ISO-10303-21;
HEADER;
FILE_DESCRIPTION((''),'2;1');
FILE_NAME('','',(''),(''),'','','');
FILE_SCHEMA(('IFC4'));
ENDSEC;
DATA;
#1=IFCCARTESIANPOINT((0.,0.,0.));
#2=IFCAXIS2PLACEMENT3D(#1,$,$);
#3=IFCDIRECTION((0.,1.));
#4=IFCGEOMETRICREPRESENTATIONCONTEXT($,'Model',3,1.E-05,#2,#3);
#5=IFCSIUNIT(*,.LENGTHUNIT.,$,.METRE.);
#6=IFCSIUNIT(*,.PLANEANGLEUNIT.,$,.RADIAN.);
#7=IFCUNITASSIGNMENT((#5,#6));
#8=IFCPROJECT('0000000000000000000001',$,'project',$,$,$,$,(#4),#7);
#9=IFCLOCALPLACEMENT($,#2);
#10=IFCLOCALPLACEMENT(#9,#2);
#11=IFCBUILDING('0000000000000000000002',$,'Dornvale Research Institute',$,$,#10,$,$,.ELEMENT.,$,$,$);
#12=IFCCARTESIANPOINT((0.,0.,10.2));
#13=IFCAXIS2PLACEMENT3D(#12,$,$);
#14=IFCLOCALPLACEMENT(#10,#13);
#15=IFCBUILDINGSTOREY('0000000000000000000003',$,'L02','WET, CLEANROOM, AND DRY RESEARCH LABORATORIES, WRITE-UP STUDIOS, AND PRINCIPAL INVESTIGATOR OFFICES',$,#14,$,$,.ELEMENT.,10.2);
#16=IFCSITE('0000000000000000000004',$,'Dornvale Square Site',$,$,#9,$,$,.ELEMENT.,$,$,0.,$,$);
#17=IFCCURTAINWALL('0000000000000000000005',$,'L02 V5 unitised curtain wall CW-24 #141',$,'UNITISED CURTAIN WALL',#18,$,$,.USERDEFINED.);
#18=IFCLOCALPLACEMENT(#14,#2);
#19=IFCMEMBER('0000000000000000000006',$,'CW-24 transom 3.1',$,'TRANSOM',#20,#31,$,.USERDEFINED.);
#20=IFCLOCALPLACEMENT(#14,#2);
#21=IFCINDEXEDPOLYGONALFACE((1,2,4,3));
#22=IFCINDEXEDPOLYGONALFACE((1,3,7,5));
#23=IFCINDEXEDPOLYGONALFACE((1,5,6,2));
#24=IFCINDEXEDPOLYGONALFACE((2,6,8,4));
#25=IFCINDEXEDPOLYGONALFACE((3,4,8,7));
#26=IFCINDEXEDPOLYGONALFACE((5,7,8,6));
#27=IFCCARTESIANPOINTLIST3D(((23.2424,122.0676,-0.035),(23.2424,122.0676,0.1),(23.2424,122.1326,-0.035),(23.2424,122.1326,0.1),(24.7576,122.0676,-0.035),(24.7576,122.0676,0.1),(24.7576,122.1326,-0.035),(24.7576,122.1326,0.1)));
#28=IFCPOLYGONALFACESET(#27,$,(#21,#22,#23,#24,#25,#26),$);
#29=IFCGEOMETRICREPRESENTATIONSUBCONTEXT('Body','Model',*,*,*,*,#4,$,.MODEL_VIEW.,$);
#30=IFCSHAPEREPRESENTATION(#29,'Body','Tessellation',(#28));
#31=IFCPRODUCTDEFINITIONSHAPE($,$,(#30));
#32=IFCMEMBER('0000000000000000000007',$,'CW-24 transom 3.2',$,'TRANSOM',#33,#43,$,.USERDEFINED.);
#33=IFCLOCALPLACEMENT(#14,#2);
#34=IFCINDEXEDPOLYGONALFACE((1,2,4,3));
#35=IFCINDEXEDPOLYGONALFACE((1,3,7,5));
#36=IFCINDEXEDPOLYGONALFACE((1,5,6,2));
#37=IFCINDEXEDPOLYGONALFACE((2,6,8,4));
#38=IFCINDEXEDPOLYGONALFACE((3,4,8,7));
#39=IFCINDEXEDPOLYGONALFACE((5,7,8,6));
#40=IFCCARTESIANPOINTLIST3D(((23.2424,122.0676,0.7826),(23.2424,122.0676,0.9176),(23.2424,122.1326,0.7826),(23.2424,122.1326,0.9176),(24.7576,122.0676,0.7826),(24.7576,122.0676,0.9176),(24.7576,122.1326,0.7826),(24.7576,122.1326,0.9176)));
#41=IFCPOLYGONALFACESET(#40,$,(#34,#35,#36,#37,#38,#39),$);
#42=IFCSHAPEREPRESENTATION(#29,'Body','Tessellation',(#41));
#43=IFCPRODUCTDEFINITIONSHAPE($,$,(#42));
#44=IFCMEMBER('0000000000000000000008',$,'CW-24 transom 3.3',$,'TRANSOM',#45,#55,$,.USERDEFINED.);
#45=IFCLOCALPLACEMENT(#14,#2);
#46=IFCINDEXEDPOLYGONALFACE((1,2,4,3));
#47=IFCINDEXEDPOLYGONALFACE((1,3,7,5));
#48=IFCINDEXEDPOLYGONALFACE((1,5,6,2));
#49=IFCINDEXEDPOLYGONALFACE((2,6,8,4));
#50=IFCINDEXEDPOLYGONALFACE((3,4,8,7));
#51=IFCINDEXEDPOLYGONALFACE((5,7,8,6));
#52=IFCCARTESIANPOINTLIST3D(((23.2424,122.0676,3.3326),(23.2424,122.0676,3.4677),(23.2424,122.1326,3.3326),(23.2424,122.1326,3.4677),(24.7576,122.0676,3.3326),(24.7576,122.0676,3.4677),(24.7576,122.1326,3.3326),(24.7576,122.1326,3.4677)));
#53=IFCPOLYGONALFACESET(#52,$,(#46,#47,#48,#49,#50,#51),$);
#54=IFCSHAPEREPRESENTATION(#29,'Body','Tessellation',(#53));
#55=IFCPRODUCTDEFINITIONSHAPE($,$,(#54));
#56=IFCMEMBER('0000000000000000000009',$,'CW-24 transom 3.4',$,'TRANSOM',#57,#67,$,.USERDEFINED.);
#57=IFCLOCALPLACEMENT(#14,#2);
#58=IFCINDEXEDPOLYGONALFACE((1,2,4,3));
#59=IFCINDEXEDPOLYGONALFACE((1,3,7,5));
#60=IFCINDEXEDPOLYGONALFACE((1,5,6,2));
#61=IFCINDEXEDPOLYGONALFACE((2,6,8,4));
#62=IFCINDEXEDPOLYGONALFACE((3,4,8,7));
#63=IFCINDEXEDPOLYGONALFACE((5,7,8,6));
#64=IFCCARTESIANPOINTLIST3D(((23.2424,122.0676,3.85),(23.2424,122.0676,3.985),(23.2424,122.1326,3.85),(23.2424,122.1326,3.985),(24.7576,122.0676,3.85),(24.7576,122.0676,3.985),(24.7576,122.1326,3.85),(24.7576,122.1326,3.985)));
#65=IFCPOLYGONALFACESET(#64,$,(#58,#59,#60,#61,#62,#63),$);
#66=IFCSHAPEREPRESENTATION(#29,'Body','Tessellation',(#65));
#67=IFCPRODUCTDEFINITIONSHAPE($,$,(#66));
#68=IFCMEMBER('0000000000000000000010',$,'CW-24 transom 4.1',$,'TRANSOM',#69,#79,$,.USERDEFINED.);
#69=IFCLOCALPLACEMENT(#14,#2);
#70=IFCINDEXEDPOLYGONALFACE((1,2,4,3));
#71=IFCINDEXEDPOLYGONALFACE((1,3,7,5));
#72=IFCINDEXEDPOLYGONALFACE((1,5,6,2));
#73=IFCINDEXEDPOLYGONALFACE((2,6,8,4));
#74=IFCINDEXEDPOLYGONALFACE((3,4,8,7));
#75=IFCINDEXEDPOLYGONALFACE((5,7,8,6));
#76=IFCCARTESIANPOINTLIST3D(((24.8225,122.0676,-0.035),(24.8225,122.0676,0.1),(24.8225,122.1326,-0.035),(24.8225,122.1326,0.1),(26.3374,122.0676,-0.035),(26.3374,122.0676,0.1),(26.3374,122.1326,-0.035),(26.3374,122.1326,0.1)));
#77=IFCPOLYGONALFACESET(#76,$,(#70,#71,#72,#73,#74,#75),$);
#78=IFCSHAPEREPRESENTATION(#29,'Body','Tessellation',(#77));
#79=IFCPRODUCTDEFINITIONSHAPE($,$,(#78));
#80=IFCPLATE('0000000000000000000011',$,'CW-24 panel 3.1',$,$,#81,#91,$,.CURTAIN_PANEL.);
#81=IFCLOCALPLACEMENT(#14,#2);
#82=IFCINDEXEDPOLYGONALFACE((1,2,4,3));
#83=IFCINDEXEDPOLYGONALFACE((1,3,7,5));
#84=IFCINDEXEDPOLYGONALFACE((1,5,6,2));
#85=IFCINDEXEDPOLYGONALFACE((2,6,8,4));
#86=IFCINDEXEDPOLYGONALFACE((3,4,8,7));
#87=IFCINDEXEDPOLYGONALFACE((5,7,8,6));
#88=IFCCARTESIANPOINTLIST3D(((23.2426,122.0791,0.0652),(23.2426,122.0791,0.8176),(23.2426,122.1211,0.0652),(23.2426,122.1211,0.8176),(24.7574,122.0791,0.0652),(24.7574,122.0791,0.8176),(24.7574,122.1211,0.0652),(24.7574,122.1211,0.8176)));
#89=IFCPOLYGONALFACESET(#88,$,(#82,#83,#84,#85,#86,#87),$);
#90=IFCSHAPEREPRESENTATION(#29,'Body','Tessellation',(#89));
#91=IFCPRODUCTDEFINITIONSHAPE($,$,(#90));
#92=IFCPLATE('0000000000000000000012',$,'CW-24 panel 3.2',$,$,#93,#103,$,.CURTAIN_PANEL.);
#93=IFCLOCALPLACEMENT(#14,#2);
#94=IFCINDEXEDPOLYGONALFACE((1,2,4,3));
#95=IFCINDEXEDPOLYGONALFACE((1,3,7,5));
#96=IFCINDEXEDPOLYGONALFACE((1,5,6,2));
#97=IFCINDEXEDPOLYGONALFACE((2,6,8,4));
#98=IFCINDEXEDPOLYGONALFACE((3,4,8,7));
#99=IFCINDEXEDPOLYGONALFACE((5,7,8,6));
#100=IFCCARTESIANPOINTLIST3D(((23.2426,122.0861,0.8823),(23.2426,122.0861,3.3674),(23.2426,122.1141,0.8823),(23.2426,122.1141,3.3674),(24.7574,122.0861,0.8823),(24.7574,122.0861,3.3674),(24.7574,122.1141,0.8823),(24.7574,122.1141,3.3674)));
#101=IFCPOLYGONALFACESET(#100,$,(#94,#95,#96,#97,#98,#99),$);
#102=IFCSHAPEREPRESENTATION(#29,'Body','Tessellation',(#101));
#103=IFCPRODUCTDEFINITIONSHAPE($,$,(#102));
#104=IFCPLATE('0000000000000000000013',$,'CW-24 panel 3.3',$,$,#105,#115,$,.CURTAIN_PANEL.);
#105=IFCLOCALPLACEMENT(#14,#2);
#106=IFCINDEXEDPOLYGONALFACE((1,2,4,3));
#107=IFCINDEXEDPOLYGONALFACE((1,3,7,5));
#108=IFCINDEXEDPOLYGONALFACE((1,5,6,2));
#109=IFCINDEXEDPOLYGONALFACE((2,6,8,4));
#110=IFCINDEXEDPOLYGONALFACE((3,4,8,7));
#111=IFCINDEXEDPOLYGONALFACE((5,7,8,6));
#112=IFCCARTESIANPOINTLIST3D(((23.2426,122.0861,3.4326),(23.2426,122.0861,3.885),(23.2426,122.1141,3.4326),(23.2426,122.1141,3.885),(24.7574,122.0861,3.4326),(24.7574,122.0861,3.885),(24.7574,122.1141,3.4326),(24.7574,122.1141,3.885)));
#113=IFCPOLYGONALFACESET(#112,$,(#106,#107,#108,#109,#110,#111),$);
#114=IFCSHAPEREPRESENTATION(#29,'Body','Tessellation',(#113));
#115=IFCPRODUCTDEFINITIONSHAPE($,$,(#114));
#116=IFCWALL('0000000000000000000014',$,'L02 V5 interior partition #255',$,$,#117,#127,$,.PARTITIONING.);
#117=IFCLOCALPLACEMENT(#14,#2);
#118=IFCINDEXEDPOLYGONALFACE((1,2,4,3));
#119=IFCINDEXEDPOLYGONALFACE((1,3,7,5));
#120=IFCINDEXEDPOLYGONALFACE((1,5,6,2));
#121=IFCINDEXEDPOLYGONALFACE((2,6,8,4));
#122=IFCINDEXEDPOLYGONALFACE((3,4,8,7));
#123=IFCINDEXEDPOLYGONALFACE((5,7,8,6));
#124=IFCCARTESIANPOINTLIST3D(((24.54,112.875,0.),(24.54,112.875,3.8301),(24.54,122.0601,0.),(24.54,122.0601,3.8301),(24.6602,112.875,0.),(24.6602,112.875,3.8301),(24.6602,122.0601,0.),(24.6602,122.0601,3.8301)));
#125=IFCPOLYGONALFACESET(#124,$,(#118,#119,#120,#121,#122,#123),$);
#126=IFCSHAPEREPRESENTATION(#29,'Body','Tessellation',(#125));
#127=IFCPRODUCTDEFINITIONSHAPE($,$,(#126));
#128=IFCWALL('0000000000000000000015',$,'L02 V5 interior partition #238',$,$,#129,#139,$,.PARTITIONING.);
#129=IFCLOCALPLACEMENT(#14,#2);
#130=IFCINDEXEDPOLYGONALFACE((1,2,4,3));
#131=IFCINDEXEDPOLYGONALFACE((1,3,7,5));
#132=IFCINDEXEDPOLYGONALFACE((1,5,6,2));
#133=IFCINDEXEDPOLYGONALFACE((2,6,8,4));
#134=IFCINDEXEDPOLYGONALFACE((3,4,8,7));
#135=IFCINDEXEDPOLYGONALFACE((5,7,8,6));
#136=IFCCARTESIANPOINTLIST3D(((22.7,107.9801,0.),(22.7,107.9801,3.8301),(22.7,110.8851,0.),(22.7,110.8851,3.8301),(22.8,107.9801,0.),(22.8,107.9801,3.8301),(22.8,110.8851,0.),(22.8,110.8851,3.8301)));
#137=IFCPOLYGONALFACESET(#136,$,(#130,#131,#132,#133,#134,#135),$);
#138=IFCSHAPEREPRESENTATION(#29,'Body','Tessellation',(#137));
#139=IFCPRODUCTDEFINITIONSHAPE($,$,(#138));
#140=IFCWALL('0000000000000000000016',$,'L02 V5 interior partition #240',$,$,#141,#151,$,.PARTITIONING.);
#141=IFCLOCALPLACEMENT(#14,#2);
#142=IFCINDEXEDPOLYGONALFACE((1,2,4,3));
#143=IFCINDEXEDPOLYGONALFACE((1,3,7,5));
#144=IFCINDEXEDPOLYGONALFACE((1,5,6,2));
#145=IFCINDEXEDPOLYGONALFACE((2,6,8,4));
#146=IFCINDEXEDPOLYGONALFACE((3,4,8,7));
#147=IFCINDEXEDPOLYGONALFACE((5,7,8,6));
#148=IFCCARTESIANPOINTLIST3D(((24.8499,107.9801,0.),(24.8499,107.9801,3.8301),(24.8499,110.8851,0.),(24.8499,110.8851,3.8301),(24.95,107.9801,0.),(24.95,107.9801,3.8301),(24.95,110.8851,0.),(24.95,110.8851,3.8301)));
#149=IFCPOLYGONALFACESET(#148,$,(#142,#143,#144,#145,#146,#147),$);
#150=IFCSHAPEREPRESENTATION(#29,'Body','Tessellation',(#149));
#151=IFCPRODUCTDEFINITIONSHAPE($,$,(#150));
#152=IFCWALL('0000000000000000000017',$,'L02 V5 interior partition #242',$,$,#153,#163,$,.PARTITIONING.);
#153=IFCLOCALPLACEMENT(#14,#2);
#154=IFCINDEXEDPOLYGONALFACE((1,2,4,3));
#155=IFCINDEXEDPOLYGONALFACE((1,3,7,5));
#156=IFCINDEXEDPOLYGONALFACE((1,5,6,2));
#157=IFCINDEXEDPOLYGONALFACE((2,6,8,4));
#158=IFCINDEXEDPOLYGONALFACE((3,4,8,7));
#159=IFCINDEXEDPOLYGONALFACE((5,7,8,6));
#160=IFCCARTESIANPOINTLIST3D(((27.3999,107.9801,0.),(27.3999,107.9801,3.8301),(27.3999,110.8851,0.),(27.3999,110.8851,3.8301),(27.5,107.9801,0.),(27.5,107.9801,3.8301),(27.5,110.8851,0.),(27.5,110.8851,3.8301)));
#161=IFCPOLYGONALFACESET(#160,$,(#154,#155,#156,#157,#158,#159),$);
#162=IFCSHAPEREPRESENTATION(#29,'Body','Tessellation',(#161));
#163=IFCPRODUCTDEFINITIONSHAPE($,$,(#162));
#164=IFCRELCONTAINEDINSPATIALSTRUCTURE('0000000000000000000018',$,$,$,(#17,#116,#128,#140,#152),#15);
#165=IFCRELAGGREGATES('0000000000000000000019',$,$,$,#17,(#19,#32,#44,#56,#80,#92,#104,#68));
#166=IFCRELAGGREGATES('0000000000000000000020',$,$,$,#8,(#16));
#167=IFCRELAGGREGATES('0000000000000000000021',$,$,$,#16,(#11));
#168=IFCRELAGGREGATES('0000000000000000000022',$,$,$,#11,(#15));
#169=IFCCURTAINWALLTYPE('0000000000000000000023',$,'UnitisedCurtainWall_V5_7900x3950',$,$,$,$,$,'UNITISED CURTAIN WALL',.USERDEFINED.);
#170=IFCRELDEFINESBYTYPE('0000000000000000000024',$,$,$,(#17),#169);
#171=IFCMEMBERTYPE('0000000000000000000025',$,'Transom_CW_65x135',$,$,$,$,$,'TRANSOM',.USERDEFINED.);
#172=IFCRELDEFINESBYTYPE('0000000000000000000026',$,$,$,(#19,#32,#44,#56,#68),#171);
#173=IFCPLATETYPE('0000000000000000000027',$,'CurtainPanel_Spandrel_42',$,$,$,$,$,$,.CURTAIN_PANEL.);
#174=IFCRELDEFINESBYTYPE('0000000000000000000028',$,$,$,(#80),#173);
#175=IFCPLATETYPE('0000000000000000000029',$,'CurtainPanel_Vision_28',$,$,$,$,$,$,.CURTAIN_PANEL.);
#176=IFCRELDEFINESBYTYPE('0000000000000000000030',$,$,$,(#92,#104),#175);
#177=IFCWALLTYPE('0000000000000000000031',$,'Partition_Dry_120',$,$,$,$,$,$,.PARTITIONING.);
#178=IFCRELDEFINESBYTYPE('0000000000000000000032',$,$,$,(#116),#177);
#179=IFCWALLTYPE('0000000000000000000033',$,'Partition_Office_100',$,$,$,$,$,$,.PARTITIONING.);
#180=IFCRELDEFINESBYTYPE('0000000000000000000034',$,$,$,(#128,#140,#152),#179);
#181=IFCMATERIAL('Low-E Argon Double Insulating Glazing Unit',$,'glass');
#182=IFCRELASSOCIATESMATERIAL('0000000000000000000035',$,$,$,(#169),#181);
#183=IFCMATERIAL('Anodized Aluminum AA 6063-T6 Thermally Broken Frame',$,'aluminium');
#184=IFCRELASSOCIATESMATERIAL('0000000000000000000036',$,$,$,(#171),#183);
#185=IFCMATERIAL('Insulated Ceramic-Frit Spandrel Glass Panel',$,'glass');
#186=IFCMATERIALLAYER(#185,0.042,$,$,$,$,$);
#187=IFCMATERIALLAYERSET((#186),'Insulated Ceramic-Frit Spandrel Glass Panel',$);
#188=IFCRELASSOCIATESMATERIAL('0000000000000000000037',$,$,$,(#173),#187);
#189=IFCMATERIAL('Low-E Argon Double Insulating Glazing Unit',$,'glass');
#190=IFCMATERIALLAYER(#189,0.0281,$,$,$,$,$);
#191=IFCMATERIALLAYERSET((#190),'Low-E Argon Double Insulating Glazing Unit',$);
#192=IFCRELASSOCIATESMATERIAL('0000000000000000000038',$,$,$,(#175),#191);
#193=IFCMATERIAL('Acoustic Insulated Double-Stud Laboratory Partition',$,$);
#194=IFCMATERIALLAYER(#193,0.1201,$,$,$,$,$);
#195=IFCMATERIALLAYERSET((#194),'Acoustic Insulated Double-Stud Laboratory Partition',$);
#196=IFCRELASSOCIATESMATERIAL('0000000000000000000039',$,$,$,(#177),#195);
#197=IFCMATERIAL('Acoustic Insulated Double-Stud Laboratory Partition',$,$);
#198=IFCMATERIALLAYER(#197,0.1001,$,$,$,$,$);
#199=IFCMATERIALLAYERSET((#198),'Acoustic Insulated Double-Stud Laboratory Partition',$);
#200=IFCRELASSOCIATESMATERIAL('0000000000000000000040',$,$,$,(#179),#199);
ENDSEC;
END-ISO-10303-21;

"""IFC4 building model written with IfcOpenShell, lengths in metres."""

from ifc_helpers import new_model, si_unit, direction, frame, frame_2d, origin, origin_2d, place, context, subcontext, project, spatial, rectangle, extrude, material, layer, layer_set, material_profile, profile_set, type_object, element, aggregate, save


model = new_model("IFC4")

# Units and contexts
model_context = context("Model", 3, precision=1e-05, world=origin(), true_north=direction((0.0, 1.0)))
body_context = subcontext(model_context, "Body", "Model", "MODEL_VIEW")
ifc_project = project(units=[si_unit("LENGTHUNIT", "METRE"), si_unit("PLANEANGLEUNIT", "RADIAN")], contexts=[model_context])

# Site, building, storey
site_placement = place(None, origin())
site = spatial("IfcSite", under=ifc_project, at=site_placement, Name="Dornvale Square Site", CompositionType="ELEMENT", RefElevation=0.0)
building_placement = place(site_placement, origin())
building = spatial("IfcBuilding", under=site, at=building_placement, Name="Dornvale Research Institute", CompositionType="ELEMENT")
storey_placement = place(building_placement, frame((0.0, 0.0, 10.2)))
storey = spatial("IfcBuildingStorey", under=building, at=storey_placement, Name="L02", Description="WET, CLEANROOM, AND DRY RESEARCH LABORATORIES, WRITE-UP STUDIOS, AND PRINCIPAL INVESTIGATOR OFFICES", CompositionType="ELEMENT", Elevation=10.2)

# Curtain wall, members, plates
ifc_material_1 = material(Name="Low-E Argon Double Insulating Glazing Unit", Category="glass")
curtain_wall_type = type_object("IfcCurtainWallType", Name="UnitisedCurtainWall_V5_7900x3950", ElementType="UNITISED CURTAIN WALL", PredefinedType="USERDEFINED", material=ifc_material_1)
curtain_wall_placement = place(storey_placement, origin())
curtain_wall = element("IfcCurtainWall", 1, at=curtain_wall_placement, inside=storey, type_object=curtain_wall_type, Name="L02 V5 unitised curtain wall CW-24 #141", ObjectType="UNITISED CURTAIN WALL", PredefinedType="USERDEFINED")
ifc_material_2 = material(Name="Anodized Aluminum AA 6063-T6 Thermally Broken Frame", Category="aluminium")
ifc_material_profile_1 = material_profile(ifc_material_2, rectangle(XDim=0.0649, YDim=0.135, at=origin_2d()), Name="ALU TRANSOM 65x135")
ifc_profile_set_1 = profile_set([ifc_material_profile_1], Name="Anodized Aluminum AA 6063-T6 Thermally Broken Frame")
member_type_1 = type_object("IfcMemberType", Name="Transom_CW_65x135", ElementType="TRANSOM", PredefinedType="USERDEFINED", material=ifc_profile_set_1)
member_1_placement = place(storey_placement, frame((23.2424, 122.1001, 0.0325), z_axis=(1.0, 0.0, 0.0), x_axis=(0.0, 1.0, 0.0)))
member_1 = element("IfcMember", 2, at=member_1_placement, type_object=member_type_1, Name="CW-24 transom 3.1", ObjectType="TRANSOM", PredefinedType="USERDEFINED", context=body_context, shape_type="SweptSolid", body=[
    extrude(rectangle(XDim=0.0649, YDim=0.135, at=origin_2d()), origin(), (0.0, 0.0, 1.0), 1.5151),
])
member_2_placement = place(storey_placement, frame((23.2424, 122.1001, 0.8501), z_axis=(1.0, 0.0, 0.0), x_axis=(0.0, 1.0, 0.0)))
member_2 = element("IfcMember", 3, at=member_2_placement, type_object=member_type_1, Name="CW-24 transom 3.2", ObjectType="TRANSOM", PredefinedType="USERDEFINED", context=body_context, shape_type="SweptSolid", body=[
    extrude(rectangle(XDim=0.0649, YDim=0.135, at=origin_2d()), origin(), (0.0, 0.0, 1.0), 1.5151),
])
member_3_placement = place(storey_placement, frame((23.2424, 122.1001, 3.4001), z_axis=(1.0, 0.0, 0.0), x_axis=(0.0, 1.0, 0.0)))
member_3 = element("IfcMember", 4, at=member_3_placement, type_object=member_type_1, Name="CW-24 transom 3.3", ObjectType="TRANSOM", PredefinedType="USERDEFINED", context=body_context, shape_type="SweptSolid", body=[
    extrude(rectangle(XDim=0.0649, YDim=0.135, at=origin_2d()), origin(), (0.0, 0.0, 1.0), 1.5151),
])
member_4_placement = place(storey_placement, frame((23.2424, 122.1001, 3.9175), z_axis=(1.0, 0.0, 0.0), x_axis=(0.0, 1.0, 0.0)))
member_4 = element("IfcMember", 5, at=member_4_placement, type_object=member_type_1, Name="CW-24 transom 3.4", ObjectType="TRANSOM", PredefinedType="USERDEFINED", context=body_context, shape_type="SweptSolid", body=[
    extrude(rectangle(XDim=0.0649, YDim=0.135, at=origin_2d()), origin(), (0.0, 0.0, 1.0), 1.5151),
])
member_5_placement = place(storey_placement, frame((24.8225, 122.1001, 0.0325), z_axis=(1.0, 0.0, 0.0), x_axis=(0.0, 1.0, 0.0)))
member_5 = element("IfcMember", 6, at=member_5_placement, type_object=member_type_1, Name="CW-24 transom 4.1", ObjectType="TRANSOM", PredefinedType="USERDEFINED", context=body_context, shape_type="SweptSolid", body=[
    extrude(rectangle(XDim=0.0649, YDim=0.135, at=origin_2d()), origin(), (0.0, 0.0, 1.0), 1.5149),
])
ifc_material_3 = material(Name="Insulated Ceramic-Frit Spandrel Glass Panel", Category="glass")
ifc_layer_1 = layer(ifc_material_3, 0.042)
ifc_layer_set_1 = layer_set([ifc_layer_1], Name="Insulated Ceramic-Frit Spandrel Glass Panel")
plate_type_1 = type_object("IfcPlateType", Name="CurtainPanel_Spandrel_42", PredefinedType="CURTAIN_PANEL", material=ifc_layer_set_1)
plate_1_placement = place(storey_placement, frame((24.0, 122.1001, 0.0652), z_axis=(0.0, 0.0, 1.0), x_axis=(1.0, 0.0, 0.0)))
plate_1 = element("IfcPlate", 7, at=plate_1_placement, type_object=plate_type_1, Name="CW-24 panel 3.1", PredefinedType="CURTAIN_PANEL", context=body_context, shape_type="SweptSolid", body=[
    extrude(rectangle(XDim=1.5149, YDim=0.042, at=origin_2d()), origin(), (0.0, 0.0, 1.0), 0.7524),
])
ifc_material_4 = material(Name="Low-E Argon Double Insulating Glazing Unit", Category="glass")
ifc_layer_2 = layer(ifc_material_4, 0.0281)
ifc_layer_set_2 = layer_set([ifc_layer_2], Name="Low-E Argon Double Insulating Glazing Unit")
plate_type_2 = type_object("IfcPlateType", Name="CurtainPanel_Vision_28", PredefinedType="CURTAIN_PANEL", material=ifc_layer_set_2)
plate_2_placement = place(storey_placement, frame((24.0, 122.1001, 0.8823), z_axis=(0.0, 0.0, 1.0), x_axis=(1.0, 0.0, 0.0)))
plate_2 = element("IfcPlate", 8, at=plate_2_placement, type_object=plate_type_2, Name="CW-24 panel 3.2", PredefinedType="CURTAIN_PANEL", context=body_context, shape_type="SweptSolid", body=[
    extrude(rectangle(XDim=1.5149, YDim=0.0281, at=origin_2d()), origin(), (0.0, 0.0, 1.0), 2.4851),
])
plate_3_placement = place(storey_placement, frame((24.0, 122.1001, 3.4326), z_axis=(0.0, 0.0, 1.0), x_axis=(1.0, 0.0, 0.0)))
plate_3 = element("IfcPlate", 9, at=plate_3_placement, type_object=plate_type_2, Name="CW-24 panel 3.3", PredefinedType="CURTAIN_PANEL", context=body_context, shape_type="SweptSolid", body=[
    extrude(rectangle(XDim=1.5149, YDim=0.0281, at=origin_2d()), origin(), (0.0, 0.0, 1.0), 0.4524),
])
aggregate(curtain_wall, [member_1, member_2, member_3, member_4, plate_1, plate_2, plate_3, member_5])

# Walls
ifc_material_5 = material(Name="Acoustic Insulated Double-Stud Laboratory Partition")
ifc_layer_3 = layer(ifc_material_5, 0.1201)
ifc_layer_set_3 = layer_set([ifc_layer_3], Name="Acoustic Insulated Double-Stud Laboratory Partition")
wall_type_1 = type_object("IfcWallType", Name="Partition_Dry_120", PredefinedType="PARTITIONING", material=ifc_layer_set_3)
wall_1_placement = place(storey_placement, frame((24.6001, 112.875, 0.0), z_axis=(0.0, 0.0, 1.0), x_axis=(0.0, 1.0, 0.0)))
element("IfcWall", 10, at=wall_1_placement, inside=storey, type_object=wall_type_1, Name="L02 V5 interior partition #255", PredefinedType="PARTITIONING", context=body_context, shape_type="SweptSolid", body=[
    extrude(rectangle(XDim=9.1851, YDim=0.1201, at=frame_2d((4.5925, 0.0))), origin(), (0.0, 0.0, 1.0), 3.8301),
])
ifc_material_6 = material(Name="Acoustic Insulated Double-Stud Laboratory Partition")
ifc_layer_4 = layer(ifc_material_6, 0.1001)
ifc_layer_set_4 = layer_set([ifc_layer_4], Name="Acoustic Insulated Double-Stud Laboratory Partition")
wall_type_2 = type_object("IfcWallType", Name="Partition_Office_100", PredefinedType="PARTITIONING", material=ifc_layer_set_4)
wall_2_placement = place(storey_placement, frame((22.75, 107.98, 0.0), z_axis=(0.0, 0.0, 1.0), x_axis=(0.0, 1.0, 0.0)))
element("IfcWall", 11, at=wall_2_placement, inside=storey, type_object=wall_type_2, Name="L02 V5 interior partition #238", PredefinedType="PARTITIONING", context=body_context, shape_type="SweptSolid", body=[
    extrude(rectangle(XDim=2.905, YDim=0.1001, at=frame_2d((1.4526, 0.0))), origin(), (0.0, 0.0, 1.0), 3.8301),
])

# Wall
wall_3_placement = place(storey_placement, frame((24.8999, 107.98, 0.0), z_axis=(0.0, 0.0, 1.0), x_axis=(0.0, 1.0, 0.0)))
element("IfcWall", 12, at=wall_3_placement, inside=storey, type_object=wall_type_2, Name="L02 V5 interior partition #240", PredefinedType="PARTITIONING", context=body_context, shape_type="SweptSolid", body=[
    extrude(rectangle(XDim=2.905, YDim=0.1001, at=frame_2d((1.4526, 0.0))), origin(), (0.0, 0.0, 1.0), 3.8301),
])

# Wall
wall_4_placement = place(storey_placement, frame((27.45, 107.98, 0.0), z_axis=(0.0, 0.0, 1.0), x_axis=(0.0, 1.0, 0.0)))
element("IfcWall", 13, at=wall_4_placement, inside=storey, type_object=wall_type_2, Name="L02 V5 interior partition #242", PredefinedType="PARTITIONING", context=body_context, shape_type="SweptSolid", body=[
    extrude(rectangle(XDim=2.905, YDim=0.1001, at=frame_2d((1.4526, 0.0))), origin(), (0.0, 0.0, 1.0), 3.8301),
])

save(model, "model.ifc")
